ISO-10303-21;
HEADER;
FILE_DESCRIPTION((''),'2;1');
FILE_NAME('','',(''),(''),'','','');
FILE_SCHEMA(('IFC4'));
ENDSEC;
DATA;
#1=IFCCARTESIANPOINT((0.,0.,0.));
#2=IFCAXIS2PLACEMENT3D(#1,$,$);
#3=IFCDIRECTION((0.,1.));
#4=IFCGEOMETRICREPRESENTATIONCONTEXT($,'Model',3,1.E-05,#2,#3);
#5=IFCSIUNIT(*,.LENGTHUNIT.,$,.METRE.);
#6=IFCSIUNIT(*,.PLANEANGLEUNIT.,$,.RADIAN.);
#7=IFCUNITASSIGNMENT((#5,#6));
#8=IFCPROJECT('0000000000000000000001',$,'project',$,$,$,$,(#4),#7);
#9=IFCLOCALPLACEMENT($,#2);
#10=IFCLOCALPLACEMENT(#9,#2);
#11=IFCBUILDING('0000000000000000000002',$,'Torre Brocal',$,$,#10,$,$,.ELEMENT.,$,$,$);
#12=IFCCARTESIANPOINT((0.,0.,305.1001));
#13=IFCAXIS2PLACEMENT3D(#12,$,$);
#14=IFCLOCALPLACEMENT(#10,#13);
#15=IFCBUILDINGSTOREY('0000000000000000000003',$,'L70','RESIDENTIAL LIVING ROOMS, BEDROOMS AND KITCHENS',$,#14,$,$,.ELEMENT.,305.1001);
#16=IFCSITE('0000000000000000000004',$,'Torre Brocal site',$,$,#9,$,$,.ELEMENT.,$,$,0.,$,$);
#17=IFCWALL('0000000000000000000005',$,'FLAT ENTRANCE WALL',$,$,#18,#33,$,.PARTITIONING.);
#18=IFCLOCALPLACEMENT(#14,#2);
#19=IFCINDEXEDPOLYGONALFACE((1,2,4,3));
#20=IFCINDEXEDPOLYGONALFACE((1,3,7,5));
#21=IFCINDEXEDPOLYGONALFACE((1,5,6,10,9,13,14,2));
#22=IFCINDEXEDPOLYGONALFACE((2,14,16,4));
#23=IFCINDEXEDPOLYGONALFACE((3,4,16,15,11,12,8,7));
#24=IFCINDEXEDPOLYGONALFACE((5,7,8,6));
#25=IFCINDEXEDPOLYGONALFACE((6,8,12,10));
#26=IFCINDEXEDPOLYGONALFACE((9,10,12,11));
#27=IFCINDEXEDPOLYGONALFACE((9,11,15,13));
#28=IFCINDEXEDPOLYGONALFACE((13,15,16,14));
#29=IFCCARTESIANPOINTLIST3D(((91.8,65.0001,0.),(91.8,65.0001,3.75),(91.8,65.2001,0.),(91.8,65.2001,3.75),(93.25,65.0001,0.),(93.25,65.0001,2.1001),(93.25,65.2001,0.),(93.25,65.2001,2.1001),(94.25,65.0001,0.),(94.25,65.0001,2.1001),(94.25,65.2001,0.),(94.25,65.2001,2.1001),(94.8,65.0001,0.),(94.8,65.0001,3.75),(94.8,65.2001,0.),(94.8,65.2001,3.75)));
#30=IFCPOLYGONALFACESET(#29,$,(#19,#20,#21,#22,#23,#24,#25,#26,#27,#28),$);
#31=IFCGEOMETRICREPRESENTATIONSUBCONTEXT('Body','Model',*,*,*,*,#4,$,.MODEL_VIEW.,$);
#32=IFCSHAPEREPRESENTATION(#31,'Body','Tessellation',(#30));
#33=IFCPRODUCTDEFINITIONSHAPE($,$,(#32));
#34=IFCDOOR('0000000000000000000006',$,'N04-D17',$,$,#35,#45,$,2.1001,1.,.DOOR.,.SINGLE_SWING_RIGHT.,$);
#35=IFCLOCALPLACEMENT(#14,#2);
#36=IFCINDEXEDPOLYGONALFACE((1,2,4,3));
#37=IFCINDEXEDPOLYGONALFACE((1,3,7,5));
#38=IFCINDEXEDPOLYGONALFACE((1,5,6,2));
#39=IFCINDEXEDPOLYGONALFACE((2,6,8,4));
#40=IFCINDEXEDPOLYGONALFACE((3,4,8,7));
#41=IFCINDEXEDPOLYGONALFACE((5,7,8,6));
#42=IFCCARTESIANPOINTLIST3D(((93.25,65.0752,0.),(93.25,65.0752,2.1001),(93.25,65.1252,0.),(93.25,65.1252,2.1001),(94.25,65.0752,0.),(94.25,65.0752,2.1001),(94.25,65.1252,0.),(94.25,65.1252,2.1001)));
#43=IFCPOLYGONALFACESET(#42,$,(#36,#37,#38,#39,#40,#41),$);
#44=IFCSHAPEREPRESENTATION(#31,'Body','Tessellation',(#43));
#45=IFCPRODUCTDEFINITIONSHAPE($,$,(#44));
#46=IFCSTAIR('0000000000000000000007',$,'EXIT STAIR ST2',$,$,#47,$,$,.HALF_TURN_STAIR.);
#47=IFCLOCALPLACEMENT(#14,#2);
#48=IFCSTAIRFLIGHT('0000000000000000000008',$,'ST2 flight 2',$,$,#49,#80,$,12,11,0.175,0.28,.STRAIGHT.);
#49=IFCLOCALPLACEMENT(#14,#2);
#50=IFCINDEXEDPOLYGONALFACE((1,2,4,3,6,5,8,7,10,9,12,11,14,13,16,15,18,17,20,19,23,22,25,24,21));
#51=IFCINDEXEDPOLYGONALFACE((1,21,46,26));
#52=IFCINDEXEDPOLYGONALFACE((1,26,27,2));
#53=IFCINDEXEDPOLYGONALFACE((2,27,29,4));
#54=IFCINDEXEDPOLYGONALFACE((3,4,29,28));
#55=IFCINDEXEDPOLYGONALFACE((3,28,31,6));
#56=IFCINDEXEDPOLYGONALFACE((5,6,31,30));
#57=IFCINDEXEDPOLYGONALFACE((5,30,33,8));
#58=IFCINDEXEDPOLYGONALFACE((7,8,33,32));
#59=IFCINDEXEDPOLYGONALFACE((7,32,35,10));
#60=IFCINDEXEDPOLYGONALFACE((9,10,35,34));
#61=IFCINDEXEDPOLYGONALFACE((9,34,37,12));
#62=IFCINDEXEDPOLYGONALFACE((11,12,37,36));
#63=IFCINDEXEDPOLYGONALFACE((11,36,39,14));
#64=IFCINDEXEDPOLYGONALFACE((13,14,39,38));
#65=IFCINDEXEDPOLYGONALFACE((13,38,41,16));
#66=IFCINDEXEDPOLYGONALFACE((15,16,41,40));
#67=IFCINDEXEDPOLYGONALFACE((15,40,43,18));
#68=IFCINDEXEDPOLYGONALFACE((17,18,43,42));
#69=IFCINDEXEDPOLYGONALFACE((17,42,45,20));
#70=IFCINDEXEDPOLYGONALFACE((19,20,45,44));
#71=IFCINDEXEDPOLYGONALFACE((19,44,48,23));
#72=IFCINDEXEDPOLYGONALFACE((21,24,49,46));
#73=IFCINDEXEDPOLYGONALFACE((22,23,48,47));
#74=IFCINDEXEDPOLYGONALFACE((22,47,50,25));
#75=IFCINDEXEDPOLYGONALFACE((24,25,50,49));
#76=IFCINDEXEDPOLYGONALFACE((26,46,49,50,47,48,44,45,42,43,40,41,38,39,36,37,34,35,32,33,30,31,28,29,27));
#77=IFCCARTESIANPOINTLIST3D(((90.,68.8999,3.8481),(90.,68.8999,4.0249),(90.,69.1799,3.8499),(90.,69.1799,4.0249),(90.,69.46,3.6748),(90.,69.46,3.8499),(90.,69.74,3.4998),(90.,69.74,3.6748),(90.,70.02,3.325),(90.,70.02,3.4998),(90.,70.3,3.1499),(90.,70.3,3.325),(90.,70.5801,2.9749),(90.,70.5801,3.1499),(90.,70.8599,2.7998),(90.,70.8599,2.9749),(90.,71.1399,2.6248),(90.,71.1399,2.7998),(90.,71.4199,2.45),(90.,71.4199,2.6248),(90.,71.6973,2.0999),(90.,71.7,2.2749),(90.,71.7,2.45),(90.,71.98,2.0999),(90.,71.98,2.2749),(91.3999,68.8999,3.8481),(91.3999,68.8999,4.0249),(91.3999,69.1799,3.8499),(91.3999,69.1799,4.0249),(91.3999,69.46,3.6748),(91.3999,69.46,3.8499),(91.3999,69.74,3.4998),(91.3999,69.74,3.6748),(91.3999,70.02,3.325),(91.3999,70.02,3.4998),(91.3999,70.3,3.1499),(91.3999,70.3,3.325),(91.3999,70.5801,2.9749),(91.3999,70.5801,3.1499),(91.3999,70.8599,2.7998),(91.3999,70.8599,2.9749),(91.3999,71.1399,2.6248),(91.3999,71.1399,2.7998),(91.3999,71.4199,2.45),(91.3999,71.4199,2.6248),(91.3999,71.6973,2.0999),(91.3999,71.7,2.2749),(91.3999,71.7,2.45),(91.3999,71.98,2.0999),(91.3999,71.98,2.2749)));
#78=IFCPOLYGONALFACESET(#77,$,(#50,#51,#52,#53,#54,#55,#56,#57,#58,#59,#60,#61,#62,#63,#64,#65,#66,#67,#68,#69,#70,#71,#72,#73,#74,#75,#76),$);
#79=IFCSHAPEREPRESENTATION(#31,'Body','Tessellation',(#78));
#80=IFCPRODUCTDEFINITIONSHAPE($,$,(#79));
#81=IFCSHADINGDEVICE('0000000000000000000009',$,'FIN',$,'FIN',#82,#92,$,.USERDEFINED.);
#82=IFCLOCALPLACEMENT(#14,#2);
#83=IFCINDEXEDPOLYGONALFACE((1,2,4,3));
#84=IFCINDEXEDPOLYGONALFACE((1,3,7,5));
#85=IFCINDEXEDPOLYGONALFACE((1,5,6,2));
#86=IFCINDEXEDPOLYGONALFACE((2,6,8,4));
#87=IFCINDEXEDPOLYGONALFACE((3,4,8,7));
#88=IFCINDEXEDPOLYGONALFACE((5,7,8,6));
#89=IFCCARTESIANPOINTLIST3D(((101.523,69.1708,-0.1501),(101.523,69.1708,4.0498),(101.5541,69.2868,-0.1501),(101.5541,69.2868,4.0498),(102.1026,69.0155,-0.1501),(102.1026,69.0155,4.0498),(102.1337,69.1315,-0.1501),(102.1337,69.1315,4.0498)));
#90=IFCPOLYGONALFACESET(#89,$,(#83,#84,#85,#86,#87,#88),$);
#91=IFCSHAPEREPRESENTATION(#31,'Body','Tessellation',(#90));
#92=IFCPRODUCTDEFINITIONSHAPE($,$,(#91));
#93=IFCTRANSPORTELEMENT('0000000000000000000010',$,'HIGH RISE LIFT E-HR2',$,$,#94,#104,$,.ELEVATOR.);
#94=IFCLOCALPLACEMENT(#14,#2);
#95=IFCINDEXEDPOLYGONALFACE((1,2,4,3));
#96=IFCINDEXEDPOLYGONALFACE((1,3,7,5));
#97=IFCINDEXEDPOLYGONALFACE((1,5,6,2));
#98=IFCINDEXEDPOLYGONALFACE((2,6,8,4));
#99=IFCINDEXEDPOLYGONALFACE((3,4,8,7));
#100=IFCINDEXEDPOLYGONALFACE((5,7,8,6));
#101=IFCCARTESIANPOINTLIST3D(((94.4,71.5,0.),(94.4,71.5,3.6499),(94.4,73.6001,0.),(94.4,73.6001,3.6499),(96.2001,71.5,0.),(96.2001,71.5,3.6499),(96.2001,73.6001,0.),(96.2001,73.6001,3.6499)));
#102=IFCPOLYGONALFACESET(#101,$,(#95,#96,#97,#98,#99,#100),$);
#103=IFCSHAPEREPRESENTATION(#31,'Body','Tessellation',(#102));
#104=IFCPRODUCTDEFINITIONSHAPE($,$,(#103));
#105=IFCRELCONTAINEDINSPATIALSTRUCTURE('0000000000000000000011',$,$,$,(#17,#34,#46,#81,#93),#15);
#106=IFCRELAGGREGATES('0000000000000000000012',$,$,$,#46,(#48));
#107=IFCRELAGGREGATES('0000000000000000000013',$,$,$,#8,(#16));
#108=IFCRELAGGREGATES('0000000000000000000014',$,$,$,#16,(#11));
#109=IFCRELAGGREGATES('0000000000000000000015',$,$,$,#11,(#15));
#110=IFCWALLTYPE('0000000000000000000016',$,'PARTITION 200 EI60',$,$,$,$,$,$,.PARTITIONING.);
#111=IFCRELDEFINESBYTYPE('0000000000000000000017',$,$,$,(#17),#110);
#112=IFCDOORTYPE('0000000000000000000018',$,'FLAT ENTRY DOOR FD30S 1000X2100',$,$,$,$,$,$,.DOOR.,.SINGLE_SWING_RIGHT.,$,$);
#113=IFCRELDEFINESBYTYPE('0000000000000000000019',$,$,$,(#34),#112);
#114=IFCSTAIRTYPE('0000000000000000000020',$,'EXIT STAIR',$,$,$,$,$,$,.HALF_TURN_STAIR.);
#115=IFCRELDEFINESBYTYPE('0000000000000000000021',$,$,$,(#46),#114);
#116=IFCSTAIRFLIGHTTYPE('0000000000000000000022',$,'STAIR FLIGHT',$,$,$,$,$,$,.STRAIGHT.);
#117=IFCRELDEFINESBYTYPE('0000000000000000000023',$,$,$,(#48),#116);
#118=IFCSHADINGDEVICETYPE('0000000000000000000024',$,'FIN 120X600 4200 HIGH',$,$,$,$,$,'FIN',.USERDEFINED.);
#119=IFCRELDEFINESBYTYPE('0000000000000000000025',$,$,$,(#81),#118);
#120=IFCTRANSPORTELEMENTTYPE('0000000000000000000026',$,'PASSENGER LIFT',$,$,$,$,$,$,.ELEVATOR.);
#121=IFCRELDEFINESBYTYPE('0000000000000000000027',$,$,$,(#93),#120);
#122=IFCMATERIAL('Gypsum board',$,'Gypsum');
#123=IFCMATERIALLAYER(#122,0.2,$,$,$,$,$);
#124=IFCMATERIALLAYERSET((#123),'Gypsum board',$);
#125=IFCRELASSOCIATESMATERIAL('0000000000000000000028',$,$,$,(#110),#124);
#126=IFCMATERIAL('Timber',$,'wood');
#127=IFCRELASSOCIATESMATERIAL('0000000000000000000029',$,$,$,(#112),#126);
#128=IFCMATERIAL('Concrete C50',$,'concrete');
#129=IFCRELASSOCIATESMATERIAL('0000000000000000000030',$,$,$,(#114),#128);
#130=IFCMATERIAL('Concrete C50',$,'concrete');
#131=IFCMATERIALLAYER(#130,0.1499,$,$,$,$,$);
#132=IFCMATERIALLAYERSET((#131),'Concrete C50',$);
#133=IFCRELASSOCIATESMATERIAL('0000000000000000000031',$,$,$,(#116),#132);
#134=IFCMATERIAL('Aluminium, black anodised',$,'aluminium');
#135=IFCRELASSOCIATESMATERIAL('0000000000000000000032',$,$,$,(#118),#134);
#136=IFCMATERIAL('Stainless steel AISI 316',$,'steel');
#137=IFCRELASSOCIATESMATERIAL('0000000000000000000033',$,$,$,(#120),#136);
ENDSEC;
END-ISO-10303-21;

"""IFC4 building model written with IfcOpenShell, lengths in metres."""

from ifc_helpers import new_model, si_unit, direction, frame, frame_2d, origin, origin_2d, place, context, subcontext, project, spatial, polyline, rectangle, outline, extrude, material, layer, layer_set, material_profile, profile_set, type_object, element, fill, aggregate, save


model = new_model("IFC4")

# Units and contexts
model_context = context("Model", 3, precision=1e-05, world=origin(), true_north=direction((0.0, 1.0)))
body_context = subcontext(model_context, "Body", "Model", "MODEL_VIEW")
ifc_project = project(units=[si_unit("LENGTHUNIT", "METRE"), si_unit("PLANEANGLEUNIT", "RADIAN")], contexts=[model_context])

# Site, building, storey
site_placement = place(None, origin())
site = spatial("IfcSite", under=ifc_project, at=site_placement, Name="Torre Brocal site", CompositionType="ELEMENT", RefElevation=0.0)
building_placement = place(site_placement, origin())
building = spatial("IfcBuilding", under=site, at=building_placement, Name="Torre Brocal", CompositionType="ELEMENT")
storey_placement = place(building_placement, frame((0.0, 0.0, 305.1001)))
storey = spatial("IfcBuildingStorey", under=building, at=storey_placement, Name="L70", Description="RESIDENTIAL LIVING ROOMS, BEDROOMS AND KITCHENS", CompositionType="ELEMENT", Elevation=305.1001)

# Wall, opening, door
ifc_material_1 = material(Name="Gypsum board", Category="Gypsum")
ifc_layer_1 = layer(ifc_material_1, 0.2)
ifc_layer_set_1 = layer_set([ifc_layer_1], Name="Gypsum board")
wall_type_1 = type_object("IfcWallType", Name="PARTITION 200 EI60", PredefinedType="PARTITIONING", material=ifc_layer_set_1)
wall_1_placement = place(storey_placement, frame((91.8, 65.1001, 0.0), z_axis=(0.0, 0.0, 1.0), x_axis=(1.0, 0.0, 0.0)))
wall_1 = element("IfcWall", 1, at=wall_1_placement, inside=storey, type_object=wall_type_1, Name="FLAT ENTRANCE WALL", PredefinedType="PARTITIONING", context=body_context, shape_type="SweptSolid", body=[
    extrude(rectangle(XDim=3.0, YDim=0.2, at=frame_2d((1.5, 0.0))), origin(), (0.0, 0.0, 1.0), 3.75),
])
opening_1_placement = place(wall_1_placement, frame((1.45, 0.0, 0.0)))
opening_1 = element("IfcOpeningElement", 2, at=opening_1_placement, cuts=wall_1, PredefinedType="OPENING", context=body_context, shape_type="SweptSolid", body=[
    extrude(rectangle(XDim=1.0, YDim=2.1001, at=frame_2d((0.5, 1.05))), frame((0.0, 0.1099, 0.0), z_axis=(0.0, -1.0, 0.0), x_axis=(1.0, 0.0, 0.0)), (0.0, 0.0, 1.0), 0.22),
])
ifc_material_2 = material(Name="Timber", Category="wood")
door_type_1 = type_object("IfcDoorType", Name="FLAT ENTRY DOOR FD30S 1000X2100", OperationType="SINGLE_SWING_RIGHT", PredefinedType="DOOR", material=ifc_material_2)
door_1_placement = place(opening_1_placement, frame((1.0, 0.0, 0.0), z_axis=(0.0, 0.0, 1.0), x_axis=(-1.0, 0.0, 0.0)))
door_1 = element("IfcDoor", 3, at=door_1_placement, inside=storey, type_object=door_type_1, Name="N04-D17", OperationType="SINGLE_SWING_RIGHT", OverallHeight=2.1001, OverallWidth=1.0, PredefinedType="DOOR", context=body_context, shape_type="SweptSolid", body=[
    extrude(rectangle(XDim=1.0, YDim=2.1001, at=frame_2d((0.5, 1.05))), frame((0.0, 0.0249, 0.0), z_axis=(0.0, -1.0, 0.0), x_axis=(1.0, 0.0, 0.0)), (0.0, 0.0, 1.0), 0.05),
])
fill(opening_1, door_1)

# Stair, stair flight
ifc_material_3 = material(Name="Concrete C50", Category="concrete")
stair_type = type_object("IfcStairType", Name="EXIT STAIR", PredefinedType="HALF_TURN_STAIR", material=ifc_material_3)
stair_placement = place(storey_placement, origin())
stair = element("IfcStair", 4, at=stair_placement, inside=storey, type_object=stair_type, Name="EXIT STAIR ST2", PredefinedType="HALF_TURN_STAIR")
ifc_material_4 = material(Name="Concrete C50", Category="concrete")
ifc_layer_2 = layer(ifc_material_4, 0.1499)
ifc_layer_set_2 = layer_set([ifc_layer_2], Name="Concrete C50")
stair_flight_type = type_object("IfcStairFlightType", Name="STAIR FLIGHT", PredefinedType="STRAIGHT", material=ifc_layer_set_2)
stair_flight_placement = place(storey_placement, frame((90.7, 71.98, 2.0999), z_axis=(0.0, 0.0, 1.0), x_axis=(0.0, -1.0, 0.0)))
stair_flight = element("IfcStairFlight", 5, at=stair_flight_placement, type_object=stair_flight_type, Name="ST2 flight 2", NumberOfRisers=12, NumberOfTreads=11, PredefinedType="STRAIGHT", RiserHeight=0.175, TreadLength=0.28, context=body_context, shape_type="SweptSolid", body=[
    extrude(outline(polyline([(0.0, 0.0), (0.0, 0.175), (0.28, 0.175), (0.28, 0.3501), (0.5601, 0.3501), (0.5601, 0.5249), (0.8401, 0.5249), (0.8401, 0.7), (1.1201, 0.7), (1.1201, 0.875), (1.3999, 0.875), (1.3999, 1.05), (1.6799, 1.05), (1.6799, 1.2251), (1.96, 1.2251), (1.96, 1.3999), (2.24, 1.3999), (2.24, 1.575), (2.52, 1.575), (2.52, 1.75), (2.8, 1.75), (2.8, 1.925), (3.0801, 1.925), (3.0801, 2.1001), (3.0801, 1.7483), (0.2827, 0.0), (0.0, 0.0)])), frame((0.0, 0.7, 0.0), z_axis=(0.0, -1.0, 0.0), x_axis=(1.0, 0.0, 0.0)), (0.0, 0.0, 1.0), 1.3999),
])
aggregate(stair, [stair_flight])

# Shading device
ifc_material_5 = material(Name="Aluminium, black anodised", Category="aluminium")
ifc_material_profile_1 = material_profile(ifc_material_5, rectangle(XDim=0.1201, YDim=0.6001, at=origin_2d()), Name="FIN 120X600 4200 HIGH")
ifc_profile_set_1 = profile_set([ifc_material_profile_1], Name="Aluminium, black anodised")
shading_device_type = type_object("IfcShadingDeviceType", Name="FIN 120X600 4200 HIGH", ElementType="FIN", PredefinedType="USERDEFINED", material=ifc_profile_set_1)
shading_device_placement = place(storey_placement, frame((101.8284, 69.1511, -0.1501), z_axis=(0.0, 0.0, 1.0), x_axis=(0.258819, 0.965926, 0.0)))
element("IfcShadingDevice", 6, at=shading_device_placement, inside=storey, type_object=shading_device_type, Name="FIN", ObjectType="FIN", PredefinedType="USERDEFINED", context=body_context, shape_type="SweptSolid", body=[
    extrude(rectangle(XDim=0.1201, YDim=0.6001, at=origin_2d()), origin(), (0.0, 0.0, 1.0), 4.2),
])

# Transport element
ifc_material_6 = material(Name="Stainless steel AISI 316", Category="steel")
transport_element_type = type_object("IfcTransportElementType", Name="PASSENGER LIFT", PredefinedType="ELEVATOR", material=ifc_material_6)
transport_element_placement = place(storey_placement, frame((95.3, 72.55, 0.0), z_axis=(0.0, 0.0, 1.0), x_axis=(1.0, 0.0, 0.0)))
element("IfcTransportElement", 7, at=transport_element_placement, inside=storey, type_object=transport_element_type, Name="HIGH RISE LIFT E-HR2", PredefinedType="ELEVATOR", context=body_context, shape_type="SweptSolid", body=[
    extrude(rectangle(XDim=1.8, YDim=2.1001, at=origin_2d()), origin(), (0.0, 0.0, 1.0), 3.6499),
])

save(model, "model.ifc")
